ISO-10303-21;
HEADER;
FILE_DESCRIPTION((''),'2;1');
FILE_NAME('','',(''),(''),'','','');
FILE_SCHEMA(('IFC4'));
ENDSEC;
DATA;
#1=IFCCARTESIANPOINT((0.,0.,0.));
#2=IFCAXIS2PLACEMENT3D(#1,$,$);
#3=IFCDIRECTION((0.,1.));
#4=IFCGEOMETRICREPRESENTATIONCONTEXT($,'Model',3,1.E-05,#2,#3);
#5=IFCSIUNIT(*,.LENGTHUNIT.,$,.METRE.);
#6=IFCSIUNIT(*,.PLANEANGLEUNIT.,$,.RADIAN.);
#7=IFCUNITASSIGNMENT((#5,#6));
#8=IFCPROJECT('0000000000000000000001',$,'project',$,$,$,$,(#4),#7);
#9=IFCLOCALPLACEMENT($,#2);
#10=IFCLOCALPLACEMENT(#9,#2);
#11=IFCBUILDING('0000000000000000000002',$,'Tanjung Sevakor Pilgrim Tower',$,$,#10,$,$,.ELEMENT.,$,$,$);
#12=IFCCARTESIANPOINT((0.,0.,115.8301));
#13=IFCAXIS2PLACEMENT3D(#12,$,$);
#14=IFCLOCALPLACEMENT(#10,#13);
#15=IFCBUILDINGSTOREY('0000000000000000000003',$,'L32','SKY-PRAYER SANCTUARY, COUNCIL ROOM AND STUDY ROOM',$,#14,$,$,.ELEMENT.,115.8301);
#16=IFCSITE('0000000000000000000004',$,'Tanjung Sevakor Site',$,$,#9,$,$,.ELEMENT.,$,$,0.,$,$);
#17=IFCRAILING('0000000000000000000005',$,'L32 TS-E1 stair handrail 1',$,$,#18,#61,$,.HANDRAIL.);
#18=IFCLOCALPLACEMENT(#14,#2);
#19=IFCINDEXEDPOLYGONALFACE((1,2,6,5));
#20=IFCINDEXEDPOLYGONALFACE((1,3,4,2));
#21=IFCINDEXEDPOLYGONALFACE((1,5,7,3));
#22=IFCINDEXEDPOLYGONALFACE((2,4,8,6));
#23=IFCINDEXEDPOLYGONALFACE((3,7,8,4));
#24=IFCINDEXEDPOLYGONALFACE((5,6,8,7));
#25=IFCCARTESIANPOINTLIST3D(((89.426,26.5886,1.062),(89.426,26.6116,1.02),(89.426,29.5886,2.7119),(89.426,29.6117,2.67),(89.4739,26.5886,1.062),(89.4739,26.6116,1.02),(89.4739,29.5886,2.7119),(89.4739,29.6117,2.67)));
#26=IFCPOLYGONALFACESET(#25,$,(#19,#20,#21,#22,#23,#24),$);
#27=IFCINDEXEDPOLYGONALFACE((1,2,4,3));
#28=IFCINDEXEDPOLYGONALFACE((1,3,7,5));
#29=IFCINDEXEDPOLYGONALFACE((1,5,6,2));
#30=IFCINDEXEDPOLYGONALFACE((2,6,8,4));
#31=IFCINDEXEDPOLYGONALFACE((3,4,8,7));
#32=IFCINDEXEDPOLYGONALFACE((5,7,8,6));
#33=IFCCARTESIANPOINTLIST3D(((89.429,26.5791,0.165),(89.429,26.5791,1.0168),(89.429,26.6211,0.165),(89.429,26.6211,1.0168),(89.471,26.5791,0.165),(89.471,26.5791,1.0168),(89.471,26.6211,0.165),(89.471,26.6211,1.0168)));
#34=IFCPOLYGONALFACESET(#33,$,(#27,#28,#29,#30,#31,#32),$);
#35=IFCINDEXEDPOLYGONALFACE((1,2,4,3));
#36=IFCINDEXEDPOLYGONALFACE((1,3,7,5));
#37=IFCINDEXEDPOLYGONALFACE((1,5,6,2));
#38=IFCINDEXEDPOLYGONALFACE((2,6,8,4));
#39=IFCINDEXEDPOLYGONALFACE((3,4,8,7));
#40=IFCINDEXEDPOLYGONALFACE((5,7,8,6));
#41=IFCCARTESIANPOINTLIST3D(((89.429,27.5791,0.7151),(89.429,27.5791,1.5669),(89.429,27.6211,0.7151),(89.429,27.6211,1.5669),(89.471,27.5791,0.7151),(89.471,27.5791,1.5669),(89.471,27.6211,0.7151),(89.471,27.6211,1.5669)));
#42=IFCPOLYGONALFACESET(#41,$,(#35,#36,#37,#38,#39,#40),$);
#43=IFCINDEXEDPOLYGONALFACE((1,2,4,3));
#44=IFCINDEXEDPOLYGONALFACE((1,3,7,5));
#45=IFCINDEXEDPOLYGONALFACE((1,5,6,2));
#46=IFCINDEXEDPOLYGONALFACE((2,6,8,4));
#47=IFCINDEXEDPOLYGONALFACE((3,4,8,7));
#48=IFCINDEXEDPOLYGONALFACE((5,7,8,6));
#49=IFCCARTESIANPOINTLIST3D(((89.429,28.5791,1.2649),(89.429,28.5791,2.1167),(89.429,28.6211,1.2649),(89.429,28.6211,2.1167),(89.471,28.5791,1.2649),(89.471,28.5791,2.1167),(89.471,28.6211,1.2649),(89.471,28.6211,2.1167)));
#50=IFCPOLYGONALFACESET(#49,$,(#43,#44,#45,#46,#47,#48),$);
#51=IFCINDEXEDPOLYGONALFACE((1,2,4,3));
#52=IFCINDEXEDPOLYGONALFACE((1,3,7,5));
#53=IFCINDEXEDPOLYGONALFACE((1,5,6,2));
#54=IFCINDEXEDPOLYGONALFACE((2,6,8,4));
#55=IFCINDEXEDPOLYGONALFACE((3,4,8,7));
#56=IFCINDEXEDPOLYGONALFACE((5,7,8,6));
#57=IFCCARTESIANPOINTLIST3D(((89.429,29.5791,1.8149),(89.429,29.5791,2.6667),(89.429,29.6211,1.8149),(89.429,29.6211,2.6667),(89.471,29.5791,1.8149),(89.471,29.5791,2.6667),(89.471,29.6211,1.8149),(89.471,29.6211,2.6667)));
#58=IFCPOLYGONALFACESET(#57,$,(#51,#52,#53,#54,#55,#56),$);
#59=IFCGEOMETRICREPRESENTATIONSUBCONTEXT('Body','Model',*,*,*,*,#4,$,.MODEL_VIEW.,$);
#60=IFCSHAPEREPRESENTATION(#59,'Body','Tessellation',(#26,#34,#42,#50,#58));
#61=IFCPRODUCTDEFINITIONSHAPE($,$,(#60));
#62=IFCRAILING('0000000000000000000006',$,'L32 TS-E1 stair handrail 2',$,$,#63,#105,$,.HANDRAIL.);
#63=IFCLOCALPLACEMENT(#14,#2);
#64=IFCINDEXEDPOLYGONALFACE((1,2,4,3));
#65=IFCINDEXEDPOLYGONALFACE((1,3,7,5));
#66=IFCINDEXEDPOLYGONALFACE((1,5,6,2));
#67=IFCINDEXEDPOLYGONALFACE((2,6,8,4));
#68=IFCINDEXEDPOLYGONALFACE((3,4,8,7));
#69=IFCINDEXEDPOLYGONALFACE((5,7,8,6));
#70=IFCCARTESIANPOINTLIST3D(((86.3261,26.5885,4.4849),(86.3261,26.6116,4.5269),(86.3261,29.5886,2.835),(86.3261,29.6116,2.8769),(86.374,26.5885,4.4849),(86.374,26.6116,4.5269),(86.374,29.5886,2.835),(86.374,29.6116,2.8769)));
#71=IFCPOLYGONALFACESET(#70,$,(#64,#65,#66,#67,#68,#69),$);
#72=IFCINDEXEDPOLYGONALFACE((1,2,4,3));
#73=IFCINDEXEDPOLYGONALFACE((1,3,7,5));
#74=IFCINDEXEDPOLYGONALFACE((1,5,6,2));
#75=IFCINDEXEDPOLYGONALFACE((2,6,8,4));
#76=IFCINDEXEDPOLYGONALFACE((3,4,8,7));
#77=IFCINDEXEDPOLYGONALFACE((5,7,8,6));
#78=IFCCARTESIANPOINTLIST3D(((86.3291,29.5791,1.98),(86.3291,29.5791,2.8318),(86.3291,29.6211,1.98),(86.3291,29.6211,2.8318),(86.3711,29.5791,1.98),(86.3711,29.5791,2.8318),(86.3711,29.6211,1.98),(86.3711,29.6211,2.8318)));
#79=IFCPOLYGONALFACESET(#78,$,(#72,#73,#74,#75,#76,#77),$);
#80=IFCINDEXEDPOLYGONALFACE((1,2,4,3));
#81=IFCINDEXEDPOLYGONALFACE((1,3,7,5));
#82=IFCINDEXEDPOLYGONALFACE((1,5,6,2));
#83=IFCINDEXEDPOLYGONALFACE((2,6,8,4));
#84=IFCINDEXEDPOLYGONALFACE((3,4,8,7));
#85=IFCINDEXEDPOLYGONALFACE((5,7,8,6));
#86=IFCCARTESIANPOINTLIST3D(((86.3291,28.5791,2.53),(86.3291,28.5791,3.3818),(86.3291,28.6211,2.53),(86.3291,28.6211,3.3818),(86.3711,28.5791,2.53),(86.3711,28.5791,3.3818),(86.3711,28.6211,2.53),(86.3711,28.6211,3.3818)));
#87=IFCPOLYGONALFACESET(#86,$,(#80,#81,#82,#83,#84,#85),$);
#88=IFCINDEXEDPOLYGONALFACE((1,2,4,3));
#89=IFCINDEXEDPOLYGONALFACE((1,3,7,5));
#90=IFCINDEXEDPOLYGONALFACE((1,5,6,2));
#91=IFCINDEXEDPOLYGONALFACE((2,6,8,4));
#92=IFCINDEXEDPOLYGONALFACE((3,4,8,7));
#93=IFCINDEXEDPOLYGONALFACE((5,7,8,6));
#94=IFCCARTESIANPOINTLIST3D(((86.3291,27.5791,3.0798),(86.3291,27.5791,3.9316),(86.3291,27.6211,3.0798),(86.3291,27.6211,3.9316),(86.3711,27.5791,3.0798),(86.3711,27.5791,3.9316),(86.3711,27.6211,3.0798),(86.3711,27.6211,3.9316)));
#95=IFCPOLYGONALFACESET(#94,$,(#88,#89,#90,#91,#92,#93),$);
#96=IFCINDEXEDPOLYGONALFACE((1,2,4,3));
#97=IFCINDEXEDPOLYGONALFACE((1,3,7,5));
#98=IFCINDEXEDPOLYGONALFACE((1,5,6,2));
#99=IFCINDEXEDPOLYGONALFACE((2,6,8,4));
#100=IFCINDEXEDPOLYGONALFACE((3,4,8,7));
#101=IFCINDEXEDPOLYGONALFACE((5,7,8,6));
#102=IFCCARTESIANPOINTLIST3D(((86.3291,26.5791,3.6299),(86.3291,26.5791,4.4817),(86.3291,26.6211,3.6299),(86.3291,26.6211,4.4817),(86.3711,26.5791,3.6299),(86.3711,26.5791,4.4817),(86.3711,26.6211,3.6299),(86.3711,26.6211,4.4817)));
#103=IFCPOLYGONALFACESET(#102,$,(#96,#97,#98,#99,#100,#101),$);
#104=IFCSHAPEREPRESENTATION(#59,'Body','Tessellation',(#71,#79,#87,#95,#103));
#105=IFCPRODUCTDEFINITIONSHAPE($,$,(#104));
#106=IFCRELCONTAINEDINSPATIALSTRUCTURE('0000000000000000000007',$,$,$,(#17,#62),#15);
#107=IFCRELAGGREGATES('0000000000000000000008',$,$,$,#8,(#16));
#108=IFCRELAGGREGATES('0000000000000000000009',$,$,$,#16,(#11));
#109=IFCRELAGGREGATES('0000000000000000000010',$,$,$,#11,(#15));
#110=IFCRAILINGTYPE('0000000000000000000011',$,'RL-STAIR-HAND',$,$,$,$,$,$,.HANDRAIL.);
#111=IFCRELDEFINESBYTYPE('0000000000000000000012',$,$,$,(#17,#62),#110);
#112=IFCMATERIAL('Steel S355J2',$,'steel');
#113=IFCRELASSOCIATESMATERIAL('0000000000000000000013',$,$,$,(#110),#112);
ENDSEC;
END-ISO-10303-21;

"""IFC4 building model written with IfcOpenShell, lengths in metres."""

from ifc_helpers import new_model, si_unit, direction, frame, origin, place, context, subcontext, project, spatial, rectangle, extrude, material, type_object, element, save


model = new_model("IFC4")

# Units and contexts
model_context = context("Model", 3, precision=1e-05, world=origin(), true_north=direction((0.0, 1.0)))
body_context = subcontext(model_context, "Body", "Model", "MODEL_VIEW")
ifc_project = project(units=[si_unit("LENGTHUNIT", "METRE"), si_unit("PLANEANGLEUNIT", "RADIAN")], contexts=[model_context])

# Site, building, storey
site_placement = place(None, origin())
site = spatial("IfcSite", under=ifc_project, at=site_placement, Name="Tanjung Sevakor Site", CompositionType="ELEMENT", RefElevation=0.0)
building_placement = place(site_placement, origin())
building = spatial("IfcBuilding", under=site, at=building_placement, Name="Tanjung Sevakor Pilgrim Tower", CompositionType="ELEMENT")
storey_placement = place(building_placement, frame((0.0, 0.0, 115.8301)))
storey = spatial("IfcBuildingStorey", under=building, at=storey_placement, Name="L32", Description="SKY-PRAYER SANCTUARY, COUNCIL ROOM AND STUDY ROOM", CompositionType="ELEMENT", Elevation=115.8301)

# Railings
ifc_material_1 = material(Name="Steel S355J2", Category="steel")
railing_type_1 = type_object("IfcRailingType", Name="RL-STAIR-HAND", PredefinedType="HANDRAIL", material=ifc_material_1)
railing_1_placement = place(storey_placement, frame((89.45, 26.6001, 0.165)))
element("IfcRailing", 1, at=railing_1_placement, inside=storey, type_object=railing_type_1, Name="L32 TS-E1 stair handrail 1", PredefinedType="HANDRAIL", context=body_context, shape_type="SweptSolid", body=[
    extrude(rectangle(XDim=0.0479, YDim=0.0479), frame((0.0, 0.0, 0.876), z_axis=(0.0, 0.876228, 0.481897), x_axis=(-1.0, 0.0, 0.0)), (0.0, 0.0, 1.0), 3.4238),
    extrude(rectangle(XDim=0.042, YDim=0.042), origin(), (0.0, 0.0, 1.0), 0.8518),
    extrude(rectangle(XDim=0.042, YDim=0.042), frame((0.0, 1.0, 0.55)), (0.0, 0.0, 1.0), 0.8518),
    extrude(rectangle(XDim=0.042, YDim=0.042), frame((0.0, 2.0, 1.0999)), (0.0, 0.0, 1.0), 0.8518),
    extrude(rectangle(XDim=0.042, YDim=0.042), frame((0.0, 3.0, 1.6499)), (0.0, 0.0, 1.0), 0.8518),
])
railing_2_placement = place(storey_placement, frame((86.3501, 29.6001, 1.98)))
element("IfcRailing", 2, at=railing_2_placement, inside=storey, type_object=railing_type_1, Name="L32 TS-E1 stair handrail 2", PredefinedType="HANDRAIL", context=body_context, shape_type="SweptSolid", body=[
    extrude(rectangle(XDim=0.0479, YDim=0.0479), frame((0.0, 0.0, 0.876), z_axis=(0.0, -0.876228, 0.481897), x_axis=(1.0, 0.0, 0.0)), (0.0, 0.0, 1.0), 3.4238),
    extrude(rectangle(XDim=0.042, YDim=0.042), origin(), (0.0, 0.0, 1.0), 0.8518),
    extrude(rectangle(XDim=0.042, YDim=0.042), frame((0.0, -1.0, 0.55)), (0.0, 0.0, 1.0), 0.8518),
    extrude(rectangle(XDim=0.042, YDim=0.042), frame((0.0, -2.0, 1.0999)), (0.0, 0.0, 1.0), 0.8518),
    extrude(rectangle(XDim=0.042, YDim=0.042), frame((0.0, -3.0, 1.6499)), (0.0, 0.0, 1.0), 0.8518),
])

save(model, "model.ifc")
